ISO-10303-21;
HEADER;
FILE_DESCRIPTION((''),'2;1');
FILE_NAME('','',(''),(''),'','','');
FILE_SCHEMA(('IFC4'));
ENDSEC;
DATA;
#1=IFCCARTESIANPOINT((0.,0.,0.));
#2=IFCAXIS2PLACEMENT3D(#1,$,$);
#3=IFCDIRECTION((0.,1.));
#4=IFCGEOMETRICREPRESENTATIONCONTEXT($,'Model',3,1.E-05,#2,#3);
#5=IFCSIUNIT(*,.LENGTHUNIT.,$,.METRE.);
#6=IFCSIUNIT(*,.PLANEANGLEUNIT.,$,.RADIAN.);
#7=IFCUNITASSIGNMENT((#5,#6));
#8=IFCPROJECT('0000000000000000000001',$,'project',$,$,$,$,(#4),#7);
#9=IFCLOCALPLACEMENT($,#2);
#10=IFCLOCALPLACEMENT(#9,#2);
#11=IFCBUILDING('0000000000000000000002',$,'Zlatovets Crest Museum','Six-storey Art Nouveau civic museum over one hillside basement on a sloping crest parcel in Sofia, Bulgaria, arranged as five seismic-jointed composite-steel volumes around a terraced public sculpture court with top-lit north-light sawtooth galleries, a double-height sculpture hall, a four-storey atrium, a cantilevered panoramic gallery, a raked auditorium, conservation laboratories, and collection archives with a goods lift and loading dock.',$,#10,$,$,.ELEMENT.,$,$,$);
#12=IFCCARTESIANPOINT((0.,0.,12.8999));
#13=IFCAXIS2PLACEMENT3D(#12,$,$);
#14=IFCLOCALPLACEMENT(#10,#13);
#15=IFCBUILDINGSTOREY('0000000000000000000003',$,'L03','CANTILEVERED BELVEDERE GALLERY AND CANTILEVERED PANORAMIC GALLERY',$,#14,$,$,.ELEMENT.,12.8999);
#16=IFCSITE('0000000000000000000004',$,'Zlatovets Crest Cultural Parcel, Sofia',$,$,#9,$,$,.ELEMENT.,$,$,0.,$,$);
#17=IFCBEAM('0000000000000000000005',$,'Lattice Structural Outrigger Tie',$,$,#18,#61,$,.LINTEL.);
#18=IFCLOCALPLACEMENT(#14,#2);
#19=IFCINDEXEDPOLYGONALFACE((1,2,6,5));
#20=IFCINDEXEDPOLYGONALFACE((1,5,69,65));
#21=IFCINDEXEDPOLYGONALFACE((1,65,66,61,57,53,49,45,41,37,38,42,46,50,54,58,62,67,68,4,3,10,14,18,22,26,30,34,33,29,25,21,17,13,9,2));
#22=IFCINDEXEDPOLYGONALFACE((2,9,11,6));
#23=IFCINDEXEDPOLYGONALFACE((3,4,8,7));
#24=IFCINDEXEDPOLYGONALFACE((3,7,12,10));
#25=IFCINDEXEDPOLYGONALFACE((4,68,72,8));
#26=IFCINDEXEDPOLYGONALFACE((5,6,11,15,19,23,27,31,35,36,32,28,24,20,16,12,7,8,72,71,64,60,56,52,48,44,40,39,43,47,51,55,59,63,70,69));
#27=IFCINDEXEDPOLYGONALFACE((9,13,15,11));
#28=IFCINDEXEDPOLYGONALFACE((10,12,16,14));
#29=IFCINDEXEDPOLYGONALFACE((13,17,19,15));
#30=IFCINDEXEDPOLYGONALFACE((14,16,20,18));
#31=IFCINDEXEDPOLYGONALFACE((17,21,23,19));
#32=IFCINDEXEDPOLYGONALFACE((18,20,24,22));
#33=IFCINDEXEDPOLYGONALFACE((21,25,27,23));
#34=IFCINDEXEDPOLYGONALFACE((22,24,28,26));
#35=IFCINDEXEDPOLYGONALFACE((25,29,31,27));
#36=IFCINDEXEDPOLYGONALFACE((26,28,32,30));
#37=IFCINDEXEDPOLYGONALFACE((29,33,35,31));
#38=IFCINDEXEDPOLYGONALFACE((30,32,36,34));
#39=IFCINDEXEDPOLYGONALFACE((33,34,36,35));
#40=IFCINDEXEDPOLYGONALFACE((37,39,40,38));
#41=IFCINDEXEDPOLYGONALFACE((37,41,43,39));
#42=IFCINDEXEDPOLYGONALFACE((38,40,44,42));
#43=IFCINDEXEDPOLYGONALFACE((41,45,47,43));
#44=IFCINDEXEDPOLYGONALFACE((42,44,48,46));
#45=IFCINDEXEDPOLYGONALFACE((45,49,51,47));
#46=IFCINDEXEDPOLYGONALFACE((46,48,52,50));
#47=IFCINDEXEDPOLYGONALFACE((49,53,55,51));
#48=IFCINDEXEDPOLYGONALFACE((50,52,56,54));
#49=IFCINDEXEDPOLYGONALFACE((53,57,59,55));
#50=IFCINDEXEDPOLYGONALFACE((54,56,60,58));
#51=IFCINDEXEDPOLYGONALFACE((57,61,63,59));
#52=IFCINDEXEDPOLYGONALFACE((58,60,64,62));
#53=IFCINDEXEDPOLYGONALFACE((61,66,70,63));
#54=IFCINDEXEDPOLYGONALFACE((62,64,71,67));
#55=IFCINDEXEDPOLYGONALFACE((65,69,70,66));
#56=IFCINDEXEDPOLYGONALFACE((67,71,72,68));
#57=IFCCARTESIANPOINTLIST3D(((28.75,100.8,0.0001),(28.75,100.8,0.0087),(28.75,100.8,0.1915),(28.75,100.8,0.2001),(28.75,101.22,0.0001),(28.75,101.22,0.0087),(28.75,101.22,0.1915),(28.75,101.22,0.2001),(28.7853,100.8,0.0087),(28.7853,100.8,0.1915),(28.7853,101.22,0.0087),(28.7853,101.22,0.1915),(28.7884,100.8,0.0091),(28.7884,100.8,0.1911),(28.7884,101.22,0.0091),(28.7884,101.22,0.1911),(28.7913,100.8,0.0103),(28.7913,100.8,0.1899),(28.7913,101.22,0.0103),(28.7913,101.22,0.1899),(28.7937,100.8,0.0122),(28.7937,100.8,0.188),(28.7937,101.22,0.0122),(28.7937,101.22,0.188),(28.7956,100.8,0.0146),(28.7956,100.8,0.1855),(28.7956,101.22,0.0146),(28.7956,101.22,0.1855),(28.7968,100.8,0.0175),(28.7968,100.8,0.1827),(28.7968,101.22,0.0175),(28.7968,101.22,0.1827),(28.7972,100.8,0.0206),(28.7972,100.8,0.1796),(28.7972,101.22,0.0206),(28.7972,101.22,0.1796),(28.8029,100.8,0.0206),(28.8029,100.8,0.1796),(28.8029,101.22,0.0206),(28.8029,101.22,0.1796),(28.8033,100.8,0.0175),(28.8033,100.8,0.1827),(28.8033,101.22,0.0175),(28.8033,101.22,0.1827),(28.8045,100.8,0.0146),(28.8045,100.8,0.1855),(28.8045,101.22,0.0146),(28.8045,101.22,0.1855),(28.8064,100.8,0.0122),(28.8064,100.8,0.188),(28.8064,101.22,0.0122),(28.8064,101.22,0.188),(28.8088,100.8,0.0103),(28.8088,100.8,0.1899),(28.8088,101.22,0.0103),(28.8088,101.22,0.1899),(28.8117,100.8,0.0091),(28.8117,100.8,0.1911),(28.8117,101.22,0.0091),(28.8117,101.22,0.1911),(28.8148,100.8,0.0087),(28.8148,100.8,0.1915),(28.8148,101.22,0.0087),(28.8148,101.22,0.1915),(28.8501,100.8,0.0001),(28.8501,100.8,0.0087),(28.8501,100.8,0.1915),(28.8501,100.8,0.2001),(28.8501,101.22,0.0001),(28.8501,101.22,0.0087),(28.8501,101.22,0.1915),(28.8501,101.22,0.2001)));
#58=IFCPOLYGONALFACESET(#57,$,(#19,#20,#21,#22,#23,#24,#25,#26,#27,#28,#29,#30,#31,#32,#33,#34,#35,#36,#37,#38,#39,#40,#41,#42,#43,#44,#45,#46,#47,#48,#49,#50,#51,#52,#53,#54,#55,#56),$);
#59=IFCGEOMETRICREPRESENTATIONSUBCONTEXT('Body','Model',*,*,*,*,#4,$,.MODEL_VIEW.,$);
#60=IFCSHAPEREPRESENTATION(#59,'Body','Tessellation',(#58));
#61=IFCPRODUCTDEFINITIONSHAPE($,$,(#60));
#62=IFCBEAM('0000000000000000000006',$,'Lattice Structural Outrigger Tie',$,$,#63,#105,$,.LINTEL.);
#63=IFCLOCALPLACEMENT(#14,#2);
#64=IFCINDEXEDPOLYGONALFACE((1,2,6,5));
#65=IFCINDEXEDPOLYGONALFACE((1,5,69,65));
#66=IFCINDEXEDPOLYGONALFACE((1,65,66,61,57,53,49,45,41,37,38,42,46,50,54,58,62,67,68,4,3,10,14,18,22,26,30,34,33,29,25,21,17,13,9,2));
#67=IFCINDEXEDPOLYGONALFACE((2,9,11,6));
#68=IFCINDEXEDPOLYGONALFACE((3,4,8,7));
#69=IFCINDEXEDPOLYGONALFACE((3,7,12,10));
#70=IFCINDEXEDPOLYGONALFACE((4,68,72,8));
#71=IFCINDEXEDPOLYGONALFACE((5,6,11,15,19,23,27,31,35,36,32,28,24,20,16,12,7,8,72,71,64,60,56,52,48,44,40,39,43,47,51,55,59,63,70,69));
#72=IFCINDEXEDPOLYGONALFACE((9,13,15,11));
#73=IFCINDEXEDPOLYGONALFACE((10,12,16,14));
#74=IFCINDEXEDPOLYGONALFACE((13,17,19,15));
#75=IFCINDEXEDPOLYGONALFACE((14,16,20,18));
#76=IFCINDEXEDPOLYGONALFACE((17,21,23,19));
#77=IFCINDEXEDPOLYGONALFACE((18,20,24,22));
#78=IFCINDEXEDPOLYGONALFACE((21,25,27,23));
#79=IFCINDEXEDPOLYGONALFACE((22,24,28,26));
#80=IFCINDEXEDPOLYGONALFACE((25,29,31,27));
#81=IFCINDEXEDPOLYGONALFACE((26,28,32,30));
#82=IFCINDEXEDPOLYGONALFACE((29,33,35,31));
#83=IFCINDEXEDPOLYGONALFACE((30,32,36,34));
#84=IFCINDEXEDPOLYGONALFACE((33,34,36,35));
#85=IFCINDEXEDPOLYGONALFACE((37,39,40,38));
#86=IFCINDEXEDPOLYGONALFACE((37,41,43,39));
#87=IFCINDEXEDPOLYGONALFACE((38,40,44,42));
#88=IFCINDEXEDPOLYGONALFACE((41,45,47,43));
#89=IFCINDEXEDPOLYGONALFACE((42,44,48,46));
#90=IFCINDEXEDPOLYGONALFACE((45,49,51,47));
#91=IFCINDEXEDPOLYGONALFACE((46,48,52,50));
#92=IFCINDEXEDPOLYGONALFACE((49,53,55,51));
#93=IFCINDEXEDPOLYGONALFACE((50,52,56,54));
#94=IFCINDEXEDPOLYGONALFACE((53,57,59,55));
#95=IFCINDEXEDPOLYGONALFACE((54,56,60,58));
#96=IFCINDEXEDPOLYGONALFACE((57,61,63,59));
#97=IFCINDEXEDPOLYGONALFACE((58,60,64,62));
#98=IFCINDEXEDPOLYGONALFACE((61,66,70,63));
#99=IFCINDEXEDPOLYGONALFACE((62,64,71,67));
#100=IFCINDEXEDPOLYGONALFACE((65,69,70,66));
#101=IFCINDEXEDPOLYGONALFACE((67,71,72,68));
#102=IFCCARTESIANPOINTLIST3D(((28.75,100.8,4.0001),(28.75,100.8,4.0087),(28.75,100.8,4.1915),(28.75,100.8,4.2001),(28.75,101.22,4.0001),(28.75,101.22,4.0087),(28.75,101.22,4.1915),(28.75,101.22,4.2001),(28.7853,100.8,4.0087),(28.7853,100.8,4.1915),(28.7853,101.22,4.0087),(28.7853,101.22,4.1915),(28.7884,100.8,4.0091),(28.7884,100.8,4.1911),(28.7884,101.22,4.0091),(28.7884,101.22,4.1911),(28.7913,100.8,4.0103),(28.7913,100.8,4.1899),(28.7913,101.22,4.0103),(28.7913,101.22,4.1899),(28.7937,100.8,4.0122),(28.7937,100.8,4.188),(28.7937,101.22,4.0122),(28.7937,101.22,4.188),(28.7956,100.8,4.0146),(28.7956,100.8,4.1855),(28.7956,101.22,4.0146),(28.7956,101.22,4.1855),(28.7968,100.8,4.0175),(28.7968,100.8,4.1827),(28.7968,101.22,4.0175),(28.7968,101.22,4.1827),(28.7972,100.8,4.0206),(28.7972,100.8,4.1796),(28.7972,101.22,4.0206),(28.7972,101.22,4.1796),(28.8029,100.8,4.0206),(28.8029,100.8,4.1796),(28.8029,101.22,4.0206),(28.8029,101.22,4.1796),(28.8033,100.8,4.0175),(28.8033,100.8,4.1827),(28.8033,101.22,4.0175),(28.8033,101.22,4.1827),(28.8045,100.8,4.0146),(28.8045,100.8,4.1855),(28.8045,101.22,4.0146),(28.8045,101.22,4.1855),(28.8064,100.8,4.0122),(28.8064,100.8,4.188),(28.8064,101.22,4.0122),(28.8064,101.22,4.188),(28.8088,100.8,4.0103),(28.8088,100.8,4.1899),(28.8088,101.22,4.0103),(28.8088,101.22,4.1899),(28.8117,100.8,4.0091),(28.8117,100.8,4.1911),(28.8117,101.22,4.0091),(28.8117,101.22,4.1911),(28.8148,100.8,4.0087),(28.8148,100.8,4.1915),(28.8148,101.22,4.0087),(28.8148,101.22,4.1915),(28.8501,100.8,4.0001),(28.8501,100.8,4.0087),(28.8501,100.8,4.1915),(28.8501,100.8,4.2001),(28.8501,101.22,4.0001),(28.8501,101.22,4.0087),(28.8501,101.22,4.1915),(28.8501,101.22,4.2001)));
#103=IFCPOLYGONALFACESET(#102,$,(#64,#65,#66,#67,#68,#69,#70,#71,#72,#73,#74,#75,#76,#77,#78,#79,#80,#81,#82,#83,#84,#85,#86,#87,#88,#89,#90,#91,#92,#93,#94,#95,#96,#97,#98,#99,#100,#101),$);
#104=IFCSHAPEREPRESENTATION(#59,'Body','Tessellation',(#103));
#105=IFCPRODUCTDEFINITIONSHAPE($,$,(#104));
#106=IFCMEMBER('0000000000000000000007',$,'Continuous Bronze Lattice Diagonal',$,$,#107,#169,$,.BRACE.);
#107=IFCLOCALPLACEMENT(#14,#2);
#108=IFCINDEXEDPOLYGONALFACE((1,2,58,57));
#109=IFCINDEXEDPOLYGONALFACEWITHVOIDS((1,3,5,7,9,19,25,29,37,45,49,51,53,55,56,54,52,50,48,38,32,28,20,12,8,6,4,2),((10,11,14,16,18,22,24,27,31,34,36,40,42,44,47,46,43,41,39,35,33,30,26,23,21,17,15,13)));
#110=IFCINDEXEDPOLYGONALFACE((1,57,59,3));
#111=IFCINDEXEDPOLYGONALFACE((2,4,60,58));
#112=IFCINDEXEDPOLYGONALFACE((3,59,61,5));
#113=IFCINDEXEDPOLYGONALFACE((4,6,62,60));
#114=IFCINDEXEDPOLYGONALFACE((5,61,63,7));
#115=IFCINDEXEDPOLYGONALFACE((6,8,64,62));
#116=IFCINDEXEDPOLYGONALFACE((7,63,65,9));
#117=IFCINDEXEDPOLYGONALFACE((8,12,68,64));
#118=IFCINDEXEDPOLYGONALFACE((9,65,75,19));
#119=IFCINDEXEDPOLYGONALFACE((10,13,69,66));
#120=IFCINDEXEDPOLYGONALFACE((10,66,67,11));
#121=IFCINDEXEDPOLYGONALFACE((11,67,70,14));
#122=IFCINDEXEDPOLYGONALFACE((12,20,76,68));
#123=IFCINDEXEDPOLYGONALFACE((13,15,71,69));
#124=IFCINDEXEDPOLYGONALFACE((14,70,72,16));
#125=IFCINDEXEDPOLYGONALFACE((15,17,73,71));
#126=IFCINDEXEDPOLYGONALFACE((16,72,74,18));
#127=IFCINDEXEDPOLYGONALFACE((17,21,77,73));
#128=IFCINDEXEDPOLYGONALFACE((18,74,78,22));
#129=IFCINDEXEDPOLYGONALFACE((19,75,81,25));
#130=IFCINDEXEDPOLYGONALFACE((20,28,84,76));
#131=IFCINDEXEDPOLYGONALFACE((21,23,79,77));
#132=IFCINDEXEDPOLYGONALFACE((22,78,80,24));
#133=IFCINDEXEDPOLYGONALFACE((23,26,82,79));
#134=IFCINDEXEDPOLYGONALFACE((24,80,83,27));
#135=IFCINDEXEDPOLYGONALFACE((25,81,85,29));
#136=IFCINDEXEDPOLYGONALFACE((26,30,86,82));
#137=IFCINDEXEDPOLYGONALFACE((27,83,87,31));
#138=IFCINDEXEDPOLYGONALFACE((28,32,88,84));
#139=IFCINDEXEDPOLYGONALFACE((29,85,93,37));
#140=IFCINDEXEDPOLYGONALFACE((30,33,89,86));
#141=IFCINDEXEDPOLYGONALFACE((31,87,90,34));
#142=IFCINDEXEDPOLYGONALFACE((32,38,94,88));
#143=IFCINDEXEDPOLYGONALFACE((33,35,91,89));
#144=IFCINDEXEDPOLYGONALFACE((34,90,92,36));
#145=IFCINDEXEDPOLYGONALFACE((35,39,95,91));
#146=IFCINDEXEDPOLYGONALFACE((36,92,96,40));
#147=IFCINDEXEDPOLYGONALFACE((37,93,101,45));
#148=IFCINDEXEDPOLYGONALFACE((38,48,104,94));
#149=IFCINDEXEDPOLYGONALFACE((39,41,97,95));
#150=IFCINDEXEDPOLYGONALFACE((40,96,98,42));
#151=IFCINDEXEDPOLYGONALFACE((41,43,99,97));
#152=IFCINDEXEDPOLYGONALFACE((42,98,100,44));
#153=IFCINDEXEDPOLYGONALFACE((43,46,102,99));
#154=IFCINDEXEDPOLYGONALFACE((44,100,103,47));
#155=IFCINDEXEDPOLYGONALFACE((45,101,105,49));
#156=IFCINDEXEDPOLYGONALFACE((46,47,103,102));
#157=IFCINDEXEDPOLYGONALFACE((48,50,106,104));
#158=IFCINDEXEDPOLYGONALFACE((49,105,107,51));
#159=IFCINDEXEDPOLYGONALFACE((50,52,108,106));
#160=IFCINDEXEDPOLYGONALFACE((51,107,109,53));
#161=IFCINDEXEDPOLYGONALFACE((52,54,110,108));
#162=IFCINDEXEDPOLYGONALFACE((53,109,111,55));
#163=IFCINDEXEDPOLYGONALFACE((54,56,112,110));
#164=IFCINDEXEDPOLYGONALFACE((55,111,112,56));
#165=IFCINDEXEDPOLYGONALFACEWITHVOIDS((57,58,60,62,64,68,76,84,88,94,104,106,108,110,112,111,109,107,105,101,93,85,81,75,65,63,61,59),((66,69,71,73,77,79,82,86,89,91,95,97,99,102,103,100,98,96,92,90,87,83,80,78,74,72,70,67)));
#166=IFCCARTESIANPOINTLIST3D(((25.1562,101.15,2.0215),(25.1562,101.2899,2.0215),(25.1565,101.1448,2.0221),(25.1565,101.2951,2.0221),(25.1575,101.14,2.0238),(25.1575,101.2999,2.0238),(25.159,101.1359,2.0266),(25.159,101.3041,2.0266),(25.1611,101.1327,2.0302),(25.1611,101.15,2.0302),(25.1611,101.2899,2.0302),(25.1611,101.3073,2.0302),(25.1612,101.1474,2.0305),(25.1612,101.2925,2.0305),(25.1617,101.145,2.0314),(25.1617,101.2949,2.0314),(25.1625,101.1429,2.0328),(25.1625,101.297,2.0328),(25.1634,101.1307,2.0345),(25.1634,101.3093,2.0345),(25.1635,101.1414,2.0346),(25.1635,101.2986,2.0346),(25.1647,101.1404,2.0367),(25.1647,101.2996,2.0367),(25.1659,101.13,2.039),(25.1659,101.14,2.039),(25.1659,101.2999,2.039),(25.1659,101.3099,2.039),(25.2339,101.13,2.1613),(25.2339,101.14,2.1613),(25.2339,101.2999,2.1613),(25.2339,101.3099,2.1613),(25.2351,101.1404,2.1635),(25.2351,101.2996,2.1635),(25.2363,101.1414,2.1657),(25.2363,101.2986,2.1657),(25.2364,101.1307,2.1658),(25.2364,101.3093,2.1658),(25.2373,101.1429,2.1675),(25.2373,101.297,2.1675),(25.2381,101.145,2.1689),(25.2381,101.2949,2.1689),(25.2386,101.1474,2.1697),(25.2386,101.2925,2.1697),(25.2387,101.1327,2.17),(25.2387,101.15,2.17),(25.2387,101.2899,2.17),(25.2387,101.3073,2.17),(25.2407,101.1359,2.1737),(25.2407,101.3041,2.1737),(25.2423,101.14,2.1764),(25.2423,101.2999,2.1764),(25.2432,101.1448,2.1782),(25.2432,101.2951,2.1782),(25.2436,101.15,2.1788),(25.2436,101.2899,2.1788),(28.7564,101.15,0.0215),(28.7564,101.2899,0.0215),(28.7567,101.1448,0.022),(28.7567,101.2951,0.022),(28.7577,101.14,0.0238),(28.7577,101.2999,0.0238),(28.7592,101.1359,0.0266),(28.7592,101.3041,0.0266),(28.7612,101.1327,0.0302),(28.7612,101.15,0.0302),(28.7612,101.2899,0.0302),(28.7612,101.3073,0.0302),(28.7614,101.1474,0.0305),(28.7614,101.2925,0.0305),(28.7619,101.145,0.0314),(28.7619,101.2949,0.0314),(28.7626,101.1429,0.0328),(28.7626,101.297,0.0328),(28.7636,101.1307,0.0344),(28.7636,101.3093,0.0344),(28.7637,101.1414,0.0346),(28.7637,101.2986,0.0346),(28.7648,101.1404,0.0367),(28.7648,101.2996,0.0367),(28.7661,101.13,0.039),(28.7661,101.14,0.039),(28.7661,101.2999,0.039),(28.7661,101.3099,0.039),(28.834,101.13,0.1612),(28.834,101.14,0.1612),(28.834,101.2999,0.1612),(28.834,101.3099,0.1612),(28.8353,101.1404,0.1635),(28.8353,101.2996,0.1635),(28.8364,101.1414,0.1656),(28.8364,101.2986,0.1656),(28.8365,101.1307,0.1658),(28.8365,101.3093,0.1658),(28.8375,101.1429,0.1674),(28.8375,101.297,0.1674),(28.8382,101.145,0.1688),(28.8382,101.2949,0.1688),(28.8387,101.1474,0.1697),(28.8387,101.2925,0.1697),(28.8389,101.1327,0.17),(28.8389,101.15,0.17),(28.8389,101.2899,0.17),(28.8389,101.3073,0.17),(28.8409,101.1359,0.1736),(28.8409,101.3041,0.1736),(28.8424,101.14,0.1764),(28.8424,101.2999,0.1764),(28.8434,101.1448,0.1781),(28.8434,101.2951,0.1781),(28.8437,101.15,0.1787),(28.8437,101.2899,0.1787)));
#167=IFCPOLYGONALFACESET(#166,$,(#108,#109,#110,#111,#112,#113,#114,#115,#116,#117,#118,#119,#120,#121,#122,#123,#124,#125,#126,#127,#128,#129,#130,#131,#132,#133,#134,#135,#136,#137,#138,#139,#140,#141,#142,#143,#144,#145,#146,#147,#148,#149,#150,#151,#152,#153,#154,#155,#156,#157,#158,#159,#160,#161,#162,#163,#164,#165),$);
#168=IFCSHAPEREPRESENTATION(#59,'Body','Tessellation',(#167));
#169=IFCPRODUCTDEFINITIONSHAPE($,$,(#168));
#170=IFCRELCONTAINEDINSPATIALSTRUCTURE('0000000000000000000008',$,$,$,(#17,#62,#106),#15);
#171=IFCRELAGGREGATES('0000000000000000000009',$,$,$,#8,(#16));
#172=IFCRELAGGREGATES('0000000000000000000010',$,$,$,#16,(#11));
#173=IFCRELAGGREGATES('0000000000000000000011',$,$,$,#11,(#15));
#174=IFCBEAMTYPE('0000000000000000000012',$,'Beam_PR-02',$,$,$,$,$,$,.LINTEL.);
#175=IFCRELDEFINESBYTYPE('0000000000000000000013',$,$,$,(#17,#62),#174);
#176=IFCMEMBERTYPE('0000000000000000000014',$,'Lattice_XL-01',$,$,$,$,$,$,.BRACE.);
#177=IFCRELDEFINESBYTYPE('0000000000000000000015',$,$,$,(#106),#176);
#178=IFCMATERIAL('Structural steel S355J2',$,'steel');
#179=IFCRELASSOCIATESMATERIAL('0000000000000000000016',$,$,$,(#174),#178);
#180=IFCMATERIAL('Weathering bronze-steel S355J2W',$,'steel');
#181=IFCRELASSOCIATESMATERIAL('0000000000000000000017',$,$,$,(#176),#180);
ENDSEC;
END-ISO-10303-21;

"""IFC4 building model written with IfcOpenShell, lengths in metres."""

from ifc_helpers import new_model, si_unit, direction, frame, origin, origin_2d, place, context, subcontext, project, spatial, hollow_rectangle, i_section, extrude, material, material_profile, profile_set, type_object, element, save


model = new_model("IFC4")

# Units and contexts
model_context = context("Model", 3, precision=1e-05, world=origin(), true_north=direction((0.0, 1.0)))
body_context = subcontext(model_context, "Body", "Model", "MODEL_VIEW")
ifc_project = project(units=[si_unit("LENGTHUNIT", "METRE"), si_unit("PLANEANGLEUNIT", "RADIAN")], contexts=[model_context])

# Site, building, storey
site_placement = place(None, origin())
site = spatial("IfcSite", under=ifc_project, at=site_placement, Name="Zlatovets Crest Cultural Parcel, Sofia", CompositionType="ELEMENT", RefElevation=0.0)
building_placement = place(site_placement, origin())
building = spatial("IfcBuilding", under=site, at=building_placement, Name="Zlatovets Crest Museum", Description="Six-storey Art Nouveau civic museum over one hillside basement on a sloping crest parcel in Sofia, Bulgaria, arranged as five seismic-jointed composite-steel volumes around a terraced public sculpture court with top-lit north-light sawtooth galleries, a double-height sculpture hall, a four-storey atrium, a cantilevered panoramic gallery, a raked auditorium, conservation laboratories, and collection archives with a goods lift and loading dock.", CompositionType="ELEMENT")
storey_placement = place(building_placement, frame((0.0, 0.0, 12.8999)))
storey = spatial("IfcBuildingStorey", under=building, at=storey_placement, Name="L03", Description="CANTILEVERED BELVEDERE GALLERY AND CANTILEVERED PANORAMIC GALLERY", CompositionType="ELEMENT", Elevation=12.8999)

# Shared definitions
ifc_material_1 = material(Name="Structural steel S355J2", Category="steel")

# Beams
ifc_material_profile_1 = material_profile(ifc_material_1, i_section(OverallWidth=0.1001, OverallDepth=0.2, WebThickness=0.0056, FlangeThickness=0.0085, FilletRadius=0.012, at=origin_2d()), Name="IPE 200")
ifc_profile_set_1 = profile_set([ifc_material_profile_1], Name="Structural steel S355J2")
beam_type_1 = type_object("IfcBeamType", Name="Beam_PR-02", PredefinedType="LINTEL", material=ifc_profile_set_1)
for number, where, z_axis, x_axis, name in (
    (1, (28.8, 100.8, 0.1001), (0.0, 1.0, 0.0), (-1.0, 0.0, 0.0), "Lattice Structural Outrigger Tie"),
    (2, (28.8, 100.8, 4.1001), (0.0, 1.0, 0.0), (-1.0, 0.0, 0.0), "Lattice Structural Outrigger Tie"),
):
    element("IfcBeam", number, at=place(storey_placement, frame(where, z_axis=z_axis, x_axis=x_axis)), inside=storey, type_object=beam_type_1, Name=name, PredefinedType="LINTEL", context=body_context, shape_type="SweptSolid", body=[
        extrude(i_section(OverallWidth=0.1001, OverallDepth=0.2, WebThickness=0.0056, FlangeThickness=0.0085, FilletRadius=0.012, at=origin_2d()), origin(), (0.0, 0.0, 1.0), 0.4199),
    ])

# Member
ifc_material_2 = material(Name="Weathering bronze-steel S355J2W", Category="steel")
ifc_material_profile_2 = material_profile(ifc_material_2, hollow_rectangle(XDim=0.1799, YDim=0.1799, WallThickness=0.01, InnerFilletRadius=0.01, OuterFilletRadius=0.02, at=origin_2d()), Name="SHS 180x180x10.0")
ifc_profile_set_2 = profile_set([ifc_material_profile_2], Name="Weathering bronze-steel S355J2W")
member_type_1 = type_object("IfcMemberType", Name="Lattice_XL-01", PredefinedType="BRACE", material=ifc_profile_set_2)
member_1_placement = place(storey_placement, frame((28.8, 101.22, 0.1001), z_axis=(-0.874163, 0.0, 0.485633), x_axis=(0.0, -1.0, 0.0)))
element("IfcMember", 3, at=member_1_placement, inside=storey, type_object=member_type_1, Name="Continuous Bronze Lattice Diagonal", PredefinedType="BRACE", context=body_context, shape_type="SweptSolid", body=[
    extrude(hollow_rectangle(XDim=0.1799, YDim=0.1799, WallThickness=0.01, InnerFilletRadius=0.01, OuterFilletRadius=0.02, at=origin_2d()), origin(), (0.0, 0.0, 1.0), 4.1184),
])

save(model, "model.ifc")
